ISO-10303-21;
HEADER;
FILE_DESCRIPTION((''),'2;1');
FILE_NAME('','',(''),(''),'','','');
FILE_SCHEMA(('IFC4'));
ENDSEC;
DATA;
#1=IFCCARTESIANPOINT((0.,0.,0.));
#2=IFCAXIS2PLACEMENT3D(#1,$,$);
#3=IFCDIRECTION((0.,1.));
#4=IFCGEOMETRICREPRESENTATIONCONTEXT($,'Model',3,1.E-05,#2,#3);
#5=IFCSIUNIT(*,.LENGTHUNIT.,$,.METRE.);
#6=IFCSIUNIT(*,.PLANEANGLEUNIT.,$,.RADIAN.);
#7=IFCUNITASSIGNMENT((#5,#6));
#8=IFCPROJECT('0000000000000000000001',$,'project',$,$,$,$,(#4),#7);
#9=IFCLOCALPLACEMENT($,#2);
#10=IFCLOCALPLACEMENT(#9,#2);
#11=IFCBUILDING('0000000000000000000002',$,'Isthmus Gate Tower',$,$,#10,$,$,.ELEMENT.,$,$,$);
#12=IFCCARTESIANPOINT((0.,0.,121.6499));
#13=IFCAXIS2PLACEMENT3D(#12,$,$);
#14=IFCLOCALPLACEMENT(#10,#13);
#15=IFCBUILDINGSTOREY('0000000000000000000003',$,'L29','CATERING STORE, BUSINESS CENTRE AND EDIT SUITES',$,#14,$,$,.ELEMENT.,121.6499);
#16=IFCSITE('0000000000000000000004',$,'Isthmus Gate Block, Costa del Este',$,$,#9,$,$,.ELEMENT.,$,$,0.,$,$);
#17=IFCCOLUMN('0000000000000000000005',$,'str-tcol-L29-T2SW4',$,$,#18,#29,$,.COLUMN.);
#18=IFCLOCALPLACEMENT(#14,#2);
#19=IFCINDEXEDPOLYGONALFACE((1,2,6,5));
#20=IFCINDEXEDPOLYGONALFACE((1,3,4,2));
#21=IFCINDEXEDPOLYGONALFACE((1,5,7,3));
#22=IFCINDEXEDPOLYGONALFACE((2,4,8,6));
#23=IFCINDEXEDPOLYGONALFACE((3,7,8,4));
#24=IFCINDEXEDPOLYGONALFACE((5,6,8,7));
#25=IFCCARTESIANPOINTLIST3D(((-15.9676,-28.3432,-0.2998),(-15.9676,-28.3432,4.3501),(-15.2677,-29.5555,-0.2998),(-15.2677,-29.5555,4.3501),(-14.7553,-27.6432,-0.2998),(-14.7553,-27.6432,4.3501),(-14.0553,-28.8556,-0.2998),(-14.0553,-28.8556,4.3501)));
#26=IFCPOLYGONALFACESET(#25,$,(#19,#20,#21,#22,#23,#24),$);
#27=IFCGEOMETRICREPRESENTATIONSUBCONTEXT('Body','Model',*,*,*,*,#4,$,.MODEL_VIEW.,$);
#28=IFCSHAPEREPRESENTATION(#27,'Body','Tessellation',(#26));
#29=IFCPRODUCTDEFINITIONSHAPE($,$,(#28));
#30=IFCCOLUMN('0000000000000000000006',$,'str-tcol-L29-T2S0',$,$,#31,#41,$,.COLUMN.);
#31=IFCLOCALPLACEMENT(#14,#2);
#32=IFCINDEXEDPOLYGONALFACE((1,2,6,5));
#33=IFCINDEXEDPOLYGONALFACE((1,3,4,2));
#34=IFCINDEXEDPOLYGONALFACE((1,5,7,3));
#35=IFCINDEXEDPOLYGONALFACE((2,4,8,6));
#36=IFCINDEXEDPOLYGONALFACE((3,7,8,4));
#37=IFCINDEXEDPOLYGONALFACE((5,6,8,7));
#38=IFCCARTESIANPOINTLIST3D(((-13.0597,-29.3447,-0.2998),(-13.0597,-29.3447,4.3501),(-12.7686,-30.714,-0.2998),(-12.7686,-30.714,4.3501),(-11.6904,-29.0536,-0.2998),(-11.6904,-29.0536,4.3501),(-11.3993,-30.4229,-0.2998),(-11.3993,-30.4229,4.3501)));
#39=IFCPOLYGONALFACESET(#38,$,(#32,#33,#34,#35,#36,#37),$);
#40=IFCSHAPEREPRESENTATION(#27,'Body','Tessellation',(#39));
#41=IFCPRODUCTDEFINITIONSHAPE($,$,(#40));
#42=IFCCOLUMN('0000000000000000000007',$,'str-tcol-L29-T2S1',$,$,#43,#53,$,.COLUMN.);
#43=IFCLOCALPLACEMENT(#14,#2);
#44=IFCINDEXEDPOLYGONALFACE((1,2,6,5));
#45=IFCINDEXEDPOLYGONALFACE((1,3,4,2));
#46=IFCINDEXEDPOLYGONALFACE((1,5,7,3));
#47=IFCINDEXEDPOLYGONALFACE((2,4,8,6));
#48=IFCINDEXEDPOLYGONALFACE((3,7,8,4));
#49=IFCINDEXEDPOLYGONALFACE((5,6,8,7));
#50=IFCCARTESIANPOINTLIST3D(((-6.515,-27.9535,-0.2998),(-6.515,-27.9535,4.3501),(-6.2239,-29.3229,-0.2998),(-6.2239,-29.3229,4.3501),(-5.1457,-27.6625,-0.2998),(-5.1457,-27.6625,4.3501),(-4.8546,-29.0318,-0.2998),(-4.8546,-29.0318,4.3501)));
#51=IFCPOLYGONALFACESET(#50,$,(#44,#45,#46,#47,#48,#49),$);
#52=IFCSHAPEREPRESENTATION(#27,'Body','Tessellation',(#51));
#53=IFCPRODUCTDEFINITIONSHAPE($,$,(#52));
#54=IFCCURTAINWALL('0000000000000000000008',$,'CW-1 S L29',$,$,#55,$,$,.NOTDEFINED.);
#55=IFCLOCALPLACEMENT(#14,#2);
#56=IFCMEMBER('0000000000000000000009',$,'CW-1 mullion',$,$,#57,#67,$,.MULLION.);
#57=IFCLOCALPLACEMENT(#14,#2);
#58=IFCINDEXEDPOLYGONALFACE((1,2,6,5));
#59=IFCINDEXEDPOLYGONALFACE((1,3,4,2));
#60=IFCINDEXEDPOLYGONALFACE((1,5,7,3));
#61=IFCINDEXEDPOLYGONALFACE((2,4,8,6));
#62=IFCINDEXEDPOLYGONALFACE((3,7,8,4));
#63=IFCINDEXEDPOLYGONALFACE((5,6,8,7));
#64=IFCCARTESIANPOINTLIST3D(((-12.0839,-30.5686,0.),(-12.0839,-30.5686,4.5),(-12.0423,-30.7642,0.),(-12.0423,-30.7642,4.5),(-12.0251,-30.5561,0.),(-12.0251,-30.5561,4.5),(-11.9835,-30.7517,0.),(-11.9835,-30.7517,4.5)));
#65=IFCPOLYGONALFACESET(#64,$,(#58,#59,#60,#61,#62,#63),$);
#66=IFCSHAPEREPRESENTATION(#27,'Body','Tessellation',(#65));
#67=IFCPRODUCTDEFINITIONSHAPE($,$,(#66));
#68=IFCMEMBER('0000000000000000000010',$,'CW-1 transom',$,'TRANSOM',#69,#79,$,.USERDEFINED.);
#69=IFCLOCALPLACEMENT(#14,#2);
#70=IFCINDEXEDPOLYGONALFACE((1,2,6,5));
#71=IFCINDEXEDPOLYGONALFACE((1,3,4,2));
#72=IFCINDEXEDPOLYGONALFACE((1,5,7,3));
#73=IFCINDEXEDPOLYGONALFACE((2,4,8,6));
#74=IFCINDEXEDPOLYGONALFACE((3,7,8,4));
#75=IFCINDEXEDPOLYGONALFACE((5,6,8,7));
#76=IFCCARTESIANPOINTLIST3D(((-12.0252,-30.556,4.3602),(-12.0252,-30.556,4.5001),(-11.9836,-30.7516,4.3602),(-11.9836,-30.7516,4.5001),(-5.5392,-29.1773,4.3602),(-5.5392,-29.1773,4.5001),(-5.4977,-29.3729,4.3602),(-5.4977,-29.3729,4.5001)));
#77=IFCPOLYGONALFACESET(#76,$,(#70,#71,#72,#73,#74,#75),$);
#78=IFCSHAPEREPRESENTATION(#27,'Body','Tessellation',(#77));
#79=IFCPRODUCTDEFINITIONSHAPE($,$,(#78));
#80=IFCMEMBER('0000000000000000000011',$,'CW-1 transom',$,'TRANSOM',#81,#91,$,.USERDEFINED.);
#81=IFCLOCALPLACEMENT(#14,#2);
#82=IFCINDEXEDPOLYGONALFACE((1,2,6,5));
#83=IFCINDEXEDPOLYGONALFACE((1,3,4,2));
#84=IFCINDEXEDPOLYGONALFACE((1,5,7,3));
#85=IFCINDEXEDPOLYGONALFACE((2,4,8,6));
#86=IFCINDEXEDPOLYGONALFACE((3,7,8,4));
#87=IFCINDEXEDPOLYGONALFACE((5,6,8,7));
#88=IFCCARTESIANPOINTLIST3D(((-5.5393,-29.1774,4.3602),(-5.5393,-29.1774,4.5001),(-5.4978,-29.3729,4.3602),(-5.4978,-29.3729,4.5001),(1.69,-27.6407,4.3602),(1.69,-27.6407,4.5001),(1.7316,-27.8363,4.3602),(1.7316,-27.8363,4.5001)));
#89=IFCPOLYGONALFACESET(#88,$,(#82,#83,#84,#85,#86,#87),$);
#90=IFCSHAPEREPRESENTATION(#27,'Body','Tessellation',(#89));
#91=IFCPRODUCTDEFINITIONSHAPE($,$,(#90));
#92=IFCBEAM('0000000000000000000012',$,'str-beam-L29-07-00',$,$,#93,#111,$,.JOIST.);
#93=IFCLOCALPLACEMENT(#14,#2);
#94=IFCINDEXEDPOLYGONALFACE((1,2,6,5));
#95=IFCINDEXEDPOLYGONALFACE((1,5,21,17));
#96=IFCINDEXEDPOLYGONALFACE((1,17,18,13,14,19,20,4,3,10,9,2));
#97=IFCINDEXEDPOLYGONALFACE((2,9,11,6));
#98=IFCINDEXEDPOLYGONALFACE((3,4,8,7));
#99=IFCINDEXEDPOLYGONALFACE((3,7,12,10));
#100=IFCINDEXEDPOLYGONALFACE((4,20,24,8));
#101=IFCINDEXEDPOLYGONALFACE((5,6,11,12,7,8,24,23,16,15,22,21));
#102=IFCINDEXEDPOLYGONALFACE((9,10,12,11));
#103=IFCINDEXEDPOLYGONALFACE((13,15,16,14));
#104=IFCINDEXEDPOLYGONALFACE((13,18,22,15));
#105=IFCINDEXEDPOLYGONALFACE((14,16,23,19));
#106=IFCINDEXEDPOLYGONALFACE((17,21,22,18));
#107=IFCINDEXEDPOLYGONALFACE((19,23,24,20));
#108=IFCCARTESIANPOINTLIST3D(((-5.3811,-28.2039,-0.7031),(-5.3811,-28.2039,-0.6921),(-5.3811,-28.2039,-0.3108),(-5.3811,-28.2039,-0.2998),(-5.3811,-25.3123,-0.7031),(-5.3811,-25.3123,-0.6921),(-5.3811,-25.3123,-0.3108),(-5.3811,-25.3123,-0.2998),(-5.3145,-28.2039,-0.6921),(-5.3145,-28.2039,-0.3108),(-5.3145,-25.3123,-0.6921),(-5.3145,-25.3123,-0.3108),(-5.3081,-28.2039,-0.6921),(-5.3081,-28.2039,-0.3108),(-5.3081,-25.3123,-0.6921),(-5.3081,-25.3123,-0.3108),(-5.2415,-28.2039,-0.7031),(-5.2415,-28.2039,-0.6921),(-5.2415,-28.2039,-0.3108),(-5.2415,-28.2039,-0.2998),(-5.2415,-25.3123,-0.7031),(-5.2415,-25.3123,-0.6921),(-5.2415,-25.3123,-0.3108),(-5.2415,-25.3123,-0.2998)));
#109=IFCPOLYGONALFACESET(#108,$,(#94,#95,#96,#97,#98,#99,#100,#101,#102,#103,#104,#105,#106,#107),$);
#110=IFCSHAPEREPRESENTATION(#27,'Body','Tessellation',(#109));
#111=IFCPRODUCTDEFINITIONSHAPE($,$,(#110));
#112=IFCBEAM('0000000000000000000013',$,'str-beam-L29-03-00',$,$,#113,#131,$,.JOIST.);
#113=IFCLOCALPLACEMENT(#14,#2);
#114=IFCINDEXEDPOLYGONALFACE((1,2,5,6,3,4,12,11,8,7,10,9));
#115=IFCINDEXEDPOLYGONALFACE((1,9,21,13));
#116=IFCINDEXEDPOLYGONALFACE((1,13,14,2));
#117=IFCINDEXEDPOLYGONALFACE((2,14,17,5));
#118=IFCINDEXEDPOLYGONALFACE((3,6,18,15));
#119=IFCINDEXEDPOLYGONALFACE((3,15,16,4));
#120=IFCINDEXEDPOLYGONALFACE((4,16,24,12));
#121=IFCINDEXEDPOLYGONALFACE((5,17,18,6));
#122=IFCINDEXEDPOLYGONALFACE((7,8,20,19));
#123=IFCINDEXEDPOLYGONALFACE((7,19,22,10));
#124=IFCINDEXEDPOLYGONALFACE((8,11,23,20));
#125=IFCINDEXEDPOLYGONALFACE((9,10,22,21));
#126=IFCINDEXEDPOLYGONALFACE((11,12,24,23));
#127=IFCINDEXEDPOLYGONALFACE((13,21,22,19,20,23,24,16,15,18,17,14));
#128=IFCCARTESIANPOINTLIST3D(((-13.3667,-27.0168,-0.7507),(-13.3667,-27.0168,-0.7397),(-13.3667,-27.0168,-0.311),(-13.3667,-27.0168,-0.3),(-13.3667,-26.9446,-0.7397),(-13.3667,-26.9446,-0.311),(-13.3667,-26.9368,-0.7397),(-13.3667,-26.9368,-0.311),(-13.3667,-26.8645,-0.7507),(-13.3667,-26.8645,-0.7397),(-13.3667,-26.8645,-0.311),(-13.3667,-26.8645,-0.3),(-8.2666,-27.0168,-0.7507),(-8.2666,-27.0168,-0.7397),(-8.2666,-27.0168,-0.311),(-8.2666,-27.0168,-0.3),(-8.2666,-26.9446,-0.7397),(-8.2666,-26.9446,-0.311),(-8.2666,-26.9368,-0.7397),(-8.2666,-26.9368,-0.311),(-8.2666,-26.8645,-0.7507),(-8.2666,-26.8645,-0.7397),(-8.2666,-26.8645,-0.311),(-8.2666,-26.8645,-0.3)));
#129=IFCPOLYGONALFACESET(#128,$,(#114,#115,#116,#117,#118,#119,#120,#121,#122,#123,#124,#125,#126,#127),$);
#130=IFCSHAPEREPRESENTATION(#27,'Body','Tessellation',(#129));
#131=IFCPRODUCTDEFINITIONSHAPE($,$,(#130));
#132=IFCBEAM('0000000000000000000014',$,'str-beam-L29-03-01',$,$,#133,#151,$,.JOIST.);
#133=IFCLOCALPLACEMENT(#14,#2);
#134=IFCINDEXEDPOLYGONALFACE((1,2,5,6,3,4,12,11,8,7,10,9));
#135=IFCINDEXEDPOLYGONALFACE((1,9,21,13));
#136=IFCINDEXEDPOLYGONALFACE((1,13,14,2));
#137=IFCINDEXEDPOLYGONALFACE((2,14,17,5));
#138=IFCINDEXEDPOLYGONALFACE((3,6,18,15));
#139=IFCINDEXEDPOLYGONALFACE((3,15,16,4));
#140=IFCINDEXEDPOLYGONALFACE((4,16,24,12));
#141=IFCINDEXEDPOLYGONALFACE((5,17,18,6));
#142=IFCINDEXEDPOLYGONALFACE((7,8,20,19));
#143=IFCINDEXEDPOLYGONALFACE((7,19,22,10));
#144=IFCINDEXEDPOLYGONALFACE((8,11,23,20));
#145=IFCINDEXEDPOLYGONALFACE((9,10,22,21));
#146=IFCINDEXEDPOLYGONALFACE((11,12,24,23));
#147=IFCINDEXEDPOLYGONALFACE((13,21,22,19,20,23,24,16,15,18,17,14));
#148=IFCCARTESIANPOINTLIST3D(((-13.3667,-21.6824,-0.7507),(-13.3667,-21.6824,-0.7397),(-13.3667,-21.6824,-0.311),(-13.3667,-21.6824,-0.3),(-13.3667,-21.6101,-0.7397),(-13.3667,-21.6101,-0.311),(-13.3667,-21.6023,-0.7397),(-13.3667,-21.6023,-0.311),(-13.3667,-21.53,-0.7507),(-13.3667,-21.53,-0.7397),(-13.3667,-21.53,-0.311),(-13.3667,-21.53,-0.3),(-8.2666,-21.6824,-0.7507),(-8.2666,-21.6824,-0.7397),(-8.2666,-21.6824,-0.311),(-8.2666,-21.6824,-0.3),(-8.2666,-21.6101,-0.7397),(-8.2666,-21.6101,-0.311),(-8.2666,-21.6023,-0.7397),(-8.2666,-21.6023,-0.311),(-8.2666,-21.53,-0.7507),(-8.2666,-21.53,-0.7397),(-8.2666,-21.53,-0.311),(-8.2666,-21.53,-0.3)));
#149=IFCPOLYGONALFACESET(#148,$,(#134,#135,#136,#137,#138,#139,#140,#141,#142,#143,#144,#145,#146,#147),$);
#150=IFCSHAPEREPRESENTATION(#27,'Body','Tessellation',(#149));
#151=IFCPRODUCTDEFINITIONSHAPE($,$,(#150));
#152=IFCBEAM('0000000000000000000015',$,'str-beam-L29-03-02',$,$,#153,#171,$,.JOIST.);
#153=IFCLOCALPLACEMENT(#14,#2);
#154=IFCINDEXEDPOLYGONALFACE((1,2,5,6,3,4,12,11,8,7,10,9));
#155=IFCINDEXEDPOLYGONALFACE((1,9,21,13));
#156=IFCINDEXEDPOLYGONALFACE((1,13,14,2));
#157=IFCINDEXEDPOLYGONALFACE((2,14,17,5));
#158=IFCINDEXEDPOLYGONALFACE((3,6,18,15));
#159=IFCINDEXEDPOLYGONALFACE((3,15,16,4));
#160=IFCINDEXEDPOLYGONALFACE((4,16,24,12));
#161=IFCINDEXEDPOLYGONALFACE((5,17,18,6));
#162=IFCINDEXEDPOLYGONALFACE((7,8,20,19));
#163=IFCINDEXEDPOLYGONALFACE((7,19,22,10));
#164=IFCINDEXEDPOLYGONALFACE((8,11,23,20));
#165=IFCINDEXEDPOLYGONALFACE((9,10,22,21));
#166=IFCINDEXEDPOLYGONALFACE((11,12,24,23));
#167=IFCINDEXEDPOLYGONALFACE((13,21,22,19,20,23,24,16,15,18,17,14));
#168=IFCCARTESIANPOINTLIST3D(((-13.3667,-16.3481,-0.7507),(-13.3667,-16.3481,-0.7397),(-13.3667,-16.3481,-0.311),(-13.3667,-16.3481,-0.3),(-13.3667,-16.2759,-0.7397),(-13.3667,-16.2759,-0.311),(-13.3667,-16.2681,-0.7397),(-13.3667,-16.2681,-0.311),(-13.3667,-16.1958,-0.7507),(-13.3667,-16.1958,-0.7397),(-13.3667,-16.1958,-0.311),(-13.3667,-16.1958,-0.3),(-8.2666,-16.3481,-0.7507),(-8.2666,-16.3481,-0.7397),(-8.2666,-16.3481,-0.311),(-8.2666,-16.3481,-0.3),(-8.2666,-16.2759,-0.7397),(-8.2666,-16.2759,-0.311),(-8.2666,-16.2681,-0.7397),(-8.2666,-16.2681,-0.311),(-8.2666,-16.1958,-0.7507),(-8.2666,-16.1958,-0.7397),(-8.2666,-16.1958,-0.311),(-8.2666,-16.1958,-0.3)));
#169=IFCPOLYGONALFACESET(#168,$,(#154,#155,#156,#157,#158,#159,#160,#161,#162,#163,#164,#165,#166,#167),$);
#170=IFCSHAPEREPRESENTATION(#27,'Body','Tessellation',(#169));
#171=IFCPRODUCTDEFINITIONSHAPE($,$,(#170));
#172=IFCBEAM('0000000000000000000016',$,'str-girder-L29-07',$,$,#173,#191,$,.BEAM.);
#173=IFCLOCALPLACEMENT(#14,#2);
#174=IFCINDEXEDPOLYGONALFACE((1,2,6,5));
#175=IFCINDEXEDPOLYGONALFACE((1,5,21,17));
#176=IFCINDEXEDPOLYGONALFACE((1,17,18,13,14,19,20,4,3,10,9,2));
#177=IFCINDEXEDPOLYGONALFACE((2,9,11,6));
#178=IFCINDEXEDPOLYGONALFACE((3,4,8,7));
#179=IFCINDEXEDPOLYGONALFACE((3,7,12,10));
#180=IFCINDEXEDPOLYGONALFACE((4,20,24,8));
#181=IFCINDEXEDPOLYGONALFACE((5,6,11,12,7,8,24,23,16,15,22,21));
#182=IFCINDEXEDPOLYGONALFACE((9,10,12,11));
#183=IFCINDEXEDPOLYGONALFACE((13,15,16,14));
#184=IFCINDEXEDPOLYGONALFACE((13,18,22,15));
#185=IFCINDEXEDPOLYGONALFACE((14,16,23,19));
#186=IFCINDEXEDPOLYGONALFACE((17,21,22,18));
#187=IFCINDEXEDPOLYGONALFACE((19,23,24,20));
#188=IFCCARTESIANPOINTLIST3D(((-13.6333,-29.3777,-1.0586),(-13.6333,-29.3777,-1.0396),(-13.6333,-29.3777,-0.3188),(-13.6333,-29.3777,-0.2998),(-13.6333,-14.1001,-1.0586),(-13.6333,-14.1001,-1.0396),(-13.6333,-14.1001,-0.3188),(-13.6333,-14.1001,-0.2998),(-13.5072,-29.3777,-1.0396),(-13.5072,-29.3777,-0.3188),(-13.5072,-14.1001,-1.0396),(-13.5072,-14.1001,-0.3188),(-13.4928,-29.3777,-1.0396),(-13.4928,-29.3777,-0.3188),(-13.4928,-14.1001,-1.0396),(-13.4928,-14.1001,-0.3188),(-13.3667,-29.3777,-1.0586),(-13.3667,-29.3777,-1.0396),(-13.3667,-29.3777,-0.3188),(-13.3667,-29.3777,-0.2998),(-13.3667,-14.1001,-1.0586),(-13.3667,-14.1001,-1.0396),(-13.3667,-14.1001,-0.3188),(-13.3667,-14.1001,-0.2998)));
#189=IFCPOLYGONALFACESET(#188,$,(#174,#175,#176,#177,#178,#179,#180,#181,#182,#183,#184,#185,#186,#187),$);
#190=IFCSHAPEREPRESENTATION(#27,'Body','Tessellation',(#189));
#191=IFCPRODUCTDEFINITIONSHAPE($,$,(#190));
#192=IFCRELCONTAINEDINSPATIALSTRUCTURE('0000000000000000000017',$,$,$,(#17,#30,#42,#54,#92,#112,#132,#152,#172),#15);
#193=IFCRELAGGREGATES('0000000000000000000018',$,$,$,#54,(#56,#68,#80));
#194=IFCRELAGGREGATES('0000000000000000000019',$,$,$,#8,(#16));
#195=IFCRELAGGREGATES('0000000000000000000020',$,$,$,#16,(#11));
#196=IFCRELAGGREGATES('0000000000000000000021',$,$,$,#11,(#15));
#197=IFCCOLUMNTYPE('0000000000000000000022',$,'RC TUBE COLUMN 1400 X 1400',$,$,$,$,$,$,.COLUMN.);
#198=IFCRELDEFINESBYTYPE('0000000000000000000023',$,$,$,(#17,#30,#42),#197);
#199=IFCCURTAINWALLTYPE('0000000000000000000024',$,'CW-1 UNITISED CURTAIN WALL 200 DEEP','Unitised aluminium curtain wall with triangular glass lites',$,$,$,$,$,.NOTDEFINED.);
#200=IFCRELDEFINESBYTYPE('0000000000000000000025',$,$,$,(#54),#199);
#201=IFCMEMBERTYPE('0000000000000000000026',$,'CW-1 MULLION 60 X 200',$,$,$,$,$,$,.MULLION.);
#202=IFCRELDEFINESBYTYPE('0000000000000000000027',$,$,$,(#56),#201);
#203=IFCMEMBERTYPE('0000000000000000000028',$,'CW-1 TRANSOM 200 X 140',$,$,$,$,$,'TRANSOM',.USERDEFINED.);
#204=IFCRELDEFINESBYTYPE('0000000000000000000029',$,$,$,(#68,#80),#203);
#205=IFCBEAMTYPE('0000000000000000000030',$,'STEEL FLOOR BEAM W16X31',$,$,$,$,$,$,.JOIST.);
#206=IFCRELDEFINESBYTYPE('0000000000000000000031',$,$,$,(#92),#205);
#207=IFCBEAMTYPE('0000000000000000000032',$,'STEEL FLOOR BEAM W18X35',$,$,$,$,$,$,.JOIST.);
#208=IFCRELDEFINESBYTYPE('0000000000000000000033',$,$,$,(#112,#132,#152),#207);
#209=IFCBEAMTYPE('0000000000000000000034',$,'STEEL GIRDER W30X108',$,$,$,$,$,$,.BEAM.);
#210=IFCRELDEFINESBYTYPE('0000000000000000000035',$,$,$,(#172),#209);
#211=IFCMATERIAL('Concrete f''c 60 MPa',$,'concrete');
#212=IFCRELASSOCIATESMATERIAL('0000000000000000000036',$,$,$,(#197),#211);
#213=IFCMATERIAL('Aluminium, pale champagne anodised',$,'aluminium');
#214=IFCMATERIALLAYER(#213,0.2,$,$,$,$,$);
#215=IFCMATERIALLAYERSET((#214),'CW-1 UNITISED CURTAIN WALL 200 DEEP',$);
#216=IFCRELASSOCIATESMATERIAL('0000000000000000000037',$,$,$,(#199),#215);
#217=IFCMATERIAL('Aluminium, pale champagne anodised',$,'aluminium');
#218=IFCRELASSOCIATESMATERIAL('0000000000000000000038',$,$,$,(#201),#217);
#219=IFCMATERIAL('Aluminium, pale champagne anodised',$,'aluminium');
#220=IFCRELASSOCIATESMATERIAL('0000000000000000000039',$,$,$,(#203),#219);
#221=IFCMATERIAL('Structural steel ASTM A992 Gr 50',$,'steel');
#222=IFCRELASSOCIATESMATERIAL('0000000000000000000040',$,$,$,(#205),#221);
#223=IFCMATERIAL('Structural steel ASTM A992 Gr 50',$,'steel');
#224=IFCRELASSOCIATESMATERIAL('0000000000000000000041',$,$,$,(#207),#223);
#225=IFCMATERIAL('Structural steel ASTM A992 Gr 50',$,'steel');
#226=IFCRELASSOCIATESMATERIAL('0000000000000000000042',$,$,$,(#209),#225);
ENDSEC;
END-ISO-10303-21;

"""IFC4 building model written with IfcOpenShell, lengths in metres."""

from ifc_helpers import new_model, si_unit, direction, frame, origin, origin_2d, place, context, subcontext, project, spatial, rectangle, i_section, extrude, material, layer, layer_set, material_profile, profile_set, type_object, element, aggregate, save


model = new_model("IFC4")

# Units and contexts
model_context = context("Model", 3, precision=1e-05, world=origin(), true_north=direction((0.0, 1.0)))
body_context = subcontext(model_context, "Body", "Model", "MODEL_VIEW")
ifc_project = project(units=[si_unit("LENGTHUNIT", "METRE"), si_unit("PLANEANGLEUNIT", "RADIAN")], contexts=[model_context])

# Site, building, storey
site_placement = place(None, origin())
site = spatial("IfcSite", under=ifc_project, at=site_placement, Name="Isthmus Gate Block, Costa del Este", CompositionType="ELEMENT", RefElevation=0.0)
building_placement = place(site_placement, origin())
building = spatial("IfcBuilding", under=site, at=building_placement, Name="Isthmus Gate Tower", CompositionType="ELEMENT")
storey_placement = place(building_placement, frame((0.0, 0.0, 121.6499)))
storey = spatial("IfcBuildingStorey", under=building, at=storey_placement, Name="L29", Description="CATERING STORE, BUSINESS CENTRE AND EDIT SUITES", CompositionType="ELEMENT", Elevation=121.6499)

# Columns
ifc_material_1 = material(Name="Concrete f'c 60 MPa", Category="concrete")
ifc_material_profile_1 = material_profile(ifc_material_1, rectangle(XDim=1.3999, YDim=1.3999, at=origin_2d()), Name="RC 1400X1400")
ifc_profile_set_1 = profile_set([ifc_material_profile_1], Name="Concrete f'c 60 MPa")
column_type = type_object("IfcColumnType", Name="RC TUBE COLUMN 1400 X 1400", PredefinedType="COLUMN", material=ifc_profile_set_1)
for number, where, z_axis, x_axis, name in (
    (1, (-15.0115, -28.5994, -0.2998), (0.0, 0.0, 1.0), (0.5, -0.866025, 0.0), "str-tcol-L29-T2SW4"),
    (2, (-12.2295, -29.8838, -0.2998), (0.0, 0.0, 1.0), (0.978148, 0.207912, 0.0), "str-tcol-L29-T2S0"),
    (3, (-5.6848, -28.4927, -0.2998), (0.0, 0.0, 1.0), (0.978148, 0.207912, 0.0), "str-tcol-L29-T2S1"),
):
    element("IfcColumn", number, at=place(storey_placement, frame(where, z_axis=z_axis, x_axis=x_axis)), inside=storey, type_object=column_type, Name=name, PredefinedType="COLUMN", context=body_context, shape_type="SweptSolid", body=[
        extrude(rectangle(XDim=1.3999, YDim=1.3999, at=origin_2d()), origin(), (0.0, 0.0, 1.0), 4.6499),
    ])

# Curtain wall, members
ifc_material_2 = material(Name="Aluminium, pale champagne anodised", Category="aluminium")
ifc_layer_1 = layer(ifc_material_2, 0.2)
ifc_layer_set_1 = layer_set([ifc_layer_1], Name="CW-1 UNITISED CURTAIN WALL 200 DEEP")
curtain_wall_type = type_object("IfcCurtainWallType", Name="CW-1 UNITISED CURTAIN WALL 200 DEEP", Description="Unitised aluminium curtain wall with triangular glass lites", PredefinedType="NOTDEFINED", material=ifc_layer_set_1)
curtain_wall_1_placement = place(storey_placement, origin())
curtain_wall_1 = element("IfcCurtainWall", 4, at=curtain_wall_1_placement, inside=storey, type_object=curtain_wall_type, Name="CW-1 S L29", PredefinedType="NOTDEFINED")
ifc_material_3 = material(Name="Aluminium, pale champagne anodised", Category="aluminium")
ifc_material_profile_2 = material_profile(ifc_material_3, rectangle(XDim=0.0601, YDim=0.2, at=origin_2d()), Name="60x200")
ifc_profile_set_2 = profile_set([ifc_material_profile_2], Name="Aluminium, pale champagne anodised")
member_type_1 = type_object("IfcMemberType", Name="CW-1 MULLION 60 X 200", PredefinedType="MULLION", material=ifc_profile_set_2)
member_1_placement = place(storey_placement, frame((-12.0337, -30.6602, 0.0), z_axis=(0.0, 0.0, 1.0), x_axis=(0.978148, 0.207912, 0.0)))
member_1 = element("IfcMember", 5, at=member_1_placement, type_object=member_type_1, Name="CW-1 mullion", PredefinedType="MULLION", context=body_context, shape_type="SweptSolid", body=[
    extrude(rectangle(XDim=0.0601, YDim=0.2, at=origin_2d()), origin(), (0.0, 0.0, 1.0), 4.5),
])
ifc_material_4 = material(Name="Aluminium, pale champagne anodised", Category="aluminium")
ifc_material_profile_3 = material_profile(ifc_material_4, rectangle(XDim=0.2, YDim=0.1399, at=origin_2d()), Name="200x140")
ifc_profile_set_3 = profile_set([ifc_material_profile_3], Name="Aluminium, pale champagne anodised")
member_type_2 = type_object("IfcMemberType", Name="CW-1 TRANSOM 200 X 140", ElementType="TRANSOM", PredefinedType="USERDEFINED", material=ifc_profile_set_3)
member_2_placement = place(storey_placement, frame((-12.0044, -30.6538, 4.4302), z_axis=(0.978146, 0.20792, 0.0), x_axis=(-0.20792, 0.978146, 0.0)))
member_2 = element("IfcMember", 6, at=member_2_placement, type_object=member_type_2, Name="CW-1 transom", ObjectType="TRANSOM", PredefinedType="USERDEFINED", context=body_context, shape_type="SweptSolid", body=[
    extrude(rectangle(XDim=0.2, YDim=0.1399, at=origin_2d()), origin(), (0.0, 0.0, 1.0), 6.6309),
])
member_3_placement = place(storey_placement, frame((-5.5186, -29.2751, 4.4302), z_axis=(0.978148, 0.207911, 0.0), x_axis=(-0.207911, 0.978148, 0.0)))
member_3 = element("IfcMember", 7, at=member_3_placement, type_object=member_type_2, Name="CW-1 transom", ObjectType="TRANSOM", PredefinedType="USERDEFINED", context=body_context, shape_type="SweptSolid", body=[
    extrude(rectangle(XDim=0.2, YDim=0.1399, at=origin_2d()), origin(), (0.0, 0.0, 1.0), 7.3909),
])

# Beams
ifc_material_5 = material(Name="Structural steel ASTM A992 Gr 50", Category="steel")
ifc_material_profile_4 = material_profile(ifc_material_5, i_section(OverallWidth=0.1396, OverallDepth=0.4033, WebThickness=0.0063, FlangeThickness=0.011, at=origin_2d()), Name="W16X31")
ifc_profile_set_4 = profile_set([ifc_material_profile_4], Name="Structural steel ASTM A992 Gr 50")
beam_type_1 = type_object("IfcBeamType", Name="STEEL FLOOR BEAM W16X31", PredefinedType="JOIST", material=ifc_profile_set_4)
beam_1_placement = place(storey_placement, frame((-5.3113, -28.2039, -0.5015), z_axis=(0.0, 1.0, 0.0), x_axis=(-1.0, 0.0, 0.0)))
element("IfcBeam", 8, at=beam_1_placement, inside=storey, type_object=beam_type_1, Name="str-beam-L29-07-00", PredefinedType="JOIST", context=body_context, shape_type="SweptSolid", body=[
    extrude(i_section(OverallWidth=0.1396, OverallDepth=0.4033, WebThickness=0.0063, FlangeThickness=0.011, at=origin_2d()), origin(), (0.0, 0.0, 1.0), 2.8916),
])
ifc_material_6 = material(Name="Structural steel ASTM A992 Gr 50", Category="steel")
ifc_material_profile_5 = material_profile(ifc_material_6, i_section(OverallWidth=0.1523, OverallDepth=0.4507, WebThickness=0.0078, FlangeThickness=0.011, at=origin_2d()), Name="W18X35")
ifc_profile_set_5 = profile_set([ifc_material_profile_5], Name="Structural steel ASTM A992 Gr 50")
beam_type_2 = type_object("IfcBeamType", Name="STEEL FLOOR BEAM W18X35", PredefinedType="JOIST", material=ifc_profile_set_5)
for number, where, z_axis, x_axis, name in (
    (9, (-13.3667, -26.9407, -0.5254), (1.0, 0.0, 0.0), (0.0, 1.0, 0.0), "str-beam-L29-03-00"),
    (10, (-13.3667, -21.6062, -0.5254), (1.0, 0.0, 0.0), (0.0, 1.0, 0.0), "str-beam-L29-03-01"),
    (11, (-13.3667, -16.272, -0.5254), (1.0, 0.0, 0.0), (0.0, 1.0, 0.0), "str-beam-L29-03-02"),
):
    element("IfcBeam", number, at=place(storey_placement, frame(where, z_axis=z_axis, x_axis=x_axis)), inside=storey, type_object=beam_type_2, Name=name, PredefinedType="JOIST", context=body_context, shape_type="SweptSolid", body=[
        extrude(i_section(OverallWidth=0.1523, OverallDepth=0.4507, WebThickness=0.0078, FlangeThickness=0.011, at=origin_2d()), origin(), (0.0, 0.0, 1.0), 5.1001),
    ])
ifc_material_7 = material(Name="Structural steel ASTM A992 Gr 50", Category="steel")
ifc_material_profile_6 = material_profile(ifc_material_7, i_section(OverallWidth=0.2666, OverallDepth=0.7588, WebThickness=0.0144, FlangeThickness=0.019, at=origin_2d()), Name="W30X108")
ifc_profile_set_6 = profile_set([ifc_material_profile_6], Name="Structural steel ASTM A992 Gr 50")
beam_type_3 = type_object("IfcBeamType", Name="STEEL GIRDER W30X108", PredefinedType="BEAM", material=ifc_profile_set_6)
beam_2_placement = place(storey_placement, frame((-13.5, -29.3777, -0.6792), z_axis=(0.0, 1.0, 0.0), x_axis=(-1.0, 0.0, 0.0)))
element("IfcBeam", 12, at=beam_2_placement, inside=storey, type_object=beam_type_3, Name="str-girder-L29-07", PredefinedType="BEAM", context=body_context, shape_type="SweptSolid", body=[
    extrude(i_section(OverallWidth=0.2666, OverallDepth=0.7588, WebThickness=0.0144, FlangeThickness=0.019, at=origin_2d()), origin(), (0.0, 0.0, 1.0), 15.2776),
])

aggregate(curtain_wall_1, [member_1, member_2, member_3])

save(model, "model.ifc")
